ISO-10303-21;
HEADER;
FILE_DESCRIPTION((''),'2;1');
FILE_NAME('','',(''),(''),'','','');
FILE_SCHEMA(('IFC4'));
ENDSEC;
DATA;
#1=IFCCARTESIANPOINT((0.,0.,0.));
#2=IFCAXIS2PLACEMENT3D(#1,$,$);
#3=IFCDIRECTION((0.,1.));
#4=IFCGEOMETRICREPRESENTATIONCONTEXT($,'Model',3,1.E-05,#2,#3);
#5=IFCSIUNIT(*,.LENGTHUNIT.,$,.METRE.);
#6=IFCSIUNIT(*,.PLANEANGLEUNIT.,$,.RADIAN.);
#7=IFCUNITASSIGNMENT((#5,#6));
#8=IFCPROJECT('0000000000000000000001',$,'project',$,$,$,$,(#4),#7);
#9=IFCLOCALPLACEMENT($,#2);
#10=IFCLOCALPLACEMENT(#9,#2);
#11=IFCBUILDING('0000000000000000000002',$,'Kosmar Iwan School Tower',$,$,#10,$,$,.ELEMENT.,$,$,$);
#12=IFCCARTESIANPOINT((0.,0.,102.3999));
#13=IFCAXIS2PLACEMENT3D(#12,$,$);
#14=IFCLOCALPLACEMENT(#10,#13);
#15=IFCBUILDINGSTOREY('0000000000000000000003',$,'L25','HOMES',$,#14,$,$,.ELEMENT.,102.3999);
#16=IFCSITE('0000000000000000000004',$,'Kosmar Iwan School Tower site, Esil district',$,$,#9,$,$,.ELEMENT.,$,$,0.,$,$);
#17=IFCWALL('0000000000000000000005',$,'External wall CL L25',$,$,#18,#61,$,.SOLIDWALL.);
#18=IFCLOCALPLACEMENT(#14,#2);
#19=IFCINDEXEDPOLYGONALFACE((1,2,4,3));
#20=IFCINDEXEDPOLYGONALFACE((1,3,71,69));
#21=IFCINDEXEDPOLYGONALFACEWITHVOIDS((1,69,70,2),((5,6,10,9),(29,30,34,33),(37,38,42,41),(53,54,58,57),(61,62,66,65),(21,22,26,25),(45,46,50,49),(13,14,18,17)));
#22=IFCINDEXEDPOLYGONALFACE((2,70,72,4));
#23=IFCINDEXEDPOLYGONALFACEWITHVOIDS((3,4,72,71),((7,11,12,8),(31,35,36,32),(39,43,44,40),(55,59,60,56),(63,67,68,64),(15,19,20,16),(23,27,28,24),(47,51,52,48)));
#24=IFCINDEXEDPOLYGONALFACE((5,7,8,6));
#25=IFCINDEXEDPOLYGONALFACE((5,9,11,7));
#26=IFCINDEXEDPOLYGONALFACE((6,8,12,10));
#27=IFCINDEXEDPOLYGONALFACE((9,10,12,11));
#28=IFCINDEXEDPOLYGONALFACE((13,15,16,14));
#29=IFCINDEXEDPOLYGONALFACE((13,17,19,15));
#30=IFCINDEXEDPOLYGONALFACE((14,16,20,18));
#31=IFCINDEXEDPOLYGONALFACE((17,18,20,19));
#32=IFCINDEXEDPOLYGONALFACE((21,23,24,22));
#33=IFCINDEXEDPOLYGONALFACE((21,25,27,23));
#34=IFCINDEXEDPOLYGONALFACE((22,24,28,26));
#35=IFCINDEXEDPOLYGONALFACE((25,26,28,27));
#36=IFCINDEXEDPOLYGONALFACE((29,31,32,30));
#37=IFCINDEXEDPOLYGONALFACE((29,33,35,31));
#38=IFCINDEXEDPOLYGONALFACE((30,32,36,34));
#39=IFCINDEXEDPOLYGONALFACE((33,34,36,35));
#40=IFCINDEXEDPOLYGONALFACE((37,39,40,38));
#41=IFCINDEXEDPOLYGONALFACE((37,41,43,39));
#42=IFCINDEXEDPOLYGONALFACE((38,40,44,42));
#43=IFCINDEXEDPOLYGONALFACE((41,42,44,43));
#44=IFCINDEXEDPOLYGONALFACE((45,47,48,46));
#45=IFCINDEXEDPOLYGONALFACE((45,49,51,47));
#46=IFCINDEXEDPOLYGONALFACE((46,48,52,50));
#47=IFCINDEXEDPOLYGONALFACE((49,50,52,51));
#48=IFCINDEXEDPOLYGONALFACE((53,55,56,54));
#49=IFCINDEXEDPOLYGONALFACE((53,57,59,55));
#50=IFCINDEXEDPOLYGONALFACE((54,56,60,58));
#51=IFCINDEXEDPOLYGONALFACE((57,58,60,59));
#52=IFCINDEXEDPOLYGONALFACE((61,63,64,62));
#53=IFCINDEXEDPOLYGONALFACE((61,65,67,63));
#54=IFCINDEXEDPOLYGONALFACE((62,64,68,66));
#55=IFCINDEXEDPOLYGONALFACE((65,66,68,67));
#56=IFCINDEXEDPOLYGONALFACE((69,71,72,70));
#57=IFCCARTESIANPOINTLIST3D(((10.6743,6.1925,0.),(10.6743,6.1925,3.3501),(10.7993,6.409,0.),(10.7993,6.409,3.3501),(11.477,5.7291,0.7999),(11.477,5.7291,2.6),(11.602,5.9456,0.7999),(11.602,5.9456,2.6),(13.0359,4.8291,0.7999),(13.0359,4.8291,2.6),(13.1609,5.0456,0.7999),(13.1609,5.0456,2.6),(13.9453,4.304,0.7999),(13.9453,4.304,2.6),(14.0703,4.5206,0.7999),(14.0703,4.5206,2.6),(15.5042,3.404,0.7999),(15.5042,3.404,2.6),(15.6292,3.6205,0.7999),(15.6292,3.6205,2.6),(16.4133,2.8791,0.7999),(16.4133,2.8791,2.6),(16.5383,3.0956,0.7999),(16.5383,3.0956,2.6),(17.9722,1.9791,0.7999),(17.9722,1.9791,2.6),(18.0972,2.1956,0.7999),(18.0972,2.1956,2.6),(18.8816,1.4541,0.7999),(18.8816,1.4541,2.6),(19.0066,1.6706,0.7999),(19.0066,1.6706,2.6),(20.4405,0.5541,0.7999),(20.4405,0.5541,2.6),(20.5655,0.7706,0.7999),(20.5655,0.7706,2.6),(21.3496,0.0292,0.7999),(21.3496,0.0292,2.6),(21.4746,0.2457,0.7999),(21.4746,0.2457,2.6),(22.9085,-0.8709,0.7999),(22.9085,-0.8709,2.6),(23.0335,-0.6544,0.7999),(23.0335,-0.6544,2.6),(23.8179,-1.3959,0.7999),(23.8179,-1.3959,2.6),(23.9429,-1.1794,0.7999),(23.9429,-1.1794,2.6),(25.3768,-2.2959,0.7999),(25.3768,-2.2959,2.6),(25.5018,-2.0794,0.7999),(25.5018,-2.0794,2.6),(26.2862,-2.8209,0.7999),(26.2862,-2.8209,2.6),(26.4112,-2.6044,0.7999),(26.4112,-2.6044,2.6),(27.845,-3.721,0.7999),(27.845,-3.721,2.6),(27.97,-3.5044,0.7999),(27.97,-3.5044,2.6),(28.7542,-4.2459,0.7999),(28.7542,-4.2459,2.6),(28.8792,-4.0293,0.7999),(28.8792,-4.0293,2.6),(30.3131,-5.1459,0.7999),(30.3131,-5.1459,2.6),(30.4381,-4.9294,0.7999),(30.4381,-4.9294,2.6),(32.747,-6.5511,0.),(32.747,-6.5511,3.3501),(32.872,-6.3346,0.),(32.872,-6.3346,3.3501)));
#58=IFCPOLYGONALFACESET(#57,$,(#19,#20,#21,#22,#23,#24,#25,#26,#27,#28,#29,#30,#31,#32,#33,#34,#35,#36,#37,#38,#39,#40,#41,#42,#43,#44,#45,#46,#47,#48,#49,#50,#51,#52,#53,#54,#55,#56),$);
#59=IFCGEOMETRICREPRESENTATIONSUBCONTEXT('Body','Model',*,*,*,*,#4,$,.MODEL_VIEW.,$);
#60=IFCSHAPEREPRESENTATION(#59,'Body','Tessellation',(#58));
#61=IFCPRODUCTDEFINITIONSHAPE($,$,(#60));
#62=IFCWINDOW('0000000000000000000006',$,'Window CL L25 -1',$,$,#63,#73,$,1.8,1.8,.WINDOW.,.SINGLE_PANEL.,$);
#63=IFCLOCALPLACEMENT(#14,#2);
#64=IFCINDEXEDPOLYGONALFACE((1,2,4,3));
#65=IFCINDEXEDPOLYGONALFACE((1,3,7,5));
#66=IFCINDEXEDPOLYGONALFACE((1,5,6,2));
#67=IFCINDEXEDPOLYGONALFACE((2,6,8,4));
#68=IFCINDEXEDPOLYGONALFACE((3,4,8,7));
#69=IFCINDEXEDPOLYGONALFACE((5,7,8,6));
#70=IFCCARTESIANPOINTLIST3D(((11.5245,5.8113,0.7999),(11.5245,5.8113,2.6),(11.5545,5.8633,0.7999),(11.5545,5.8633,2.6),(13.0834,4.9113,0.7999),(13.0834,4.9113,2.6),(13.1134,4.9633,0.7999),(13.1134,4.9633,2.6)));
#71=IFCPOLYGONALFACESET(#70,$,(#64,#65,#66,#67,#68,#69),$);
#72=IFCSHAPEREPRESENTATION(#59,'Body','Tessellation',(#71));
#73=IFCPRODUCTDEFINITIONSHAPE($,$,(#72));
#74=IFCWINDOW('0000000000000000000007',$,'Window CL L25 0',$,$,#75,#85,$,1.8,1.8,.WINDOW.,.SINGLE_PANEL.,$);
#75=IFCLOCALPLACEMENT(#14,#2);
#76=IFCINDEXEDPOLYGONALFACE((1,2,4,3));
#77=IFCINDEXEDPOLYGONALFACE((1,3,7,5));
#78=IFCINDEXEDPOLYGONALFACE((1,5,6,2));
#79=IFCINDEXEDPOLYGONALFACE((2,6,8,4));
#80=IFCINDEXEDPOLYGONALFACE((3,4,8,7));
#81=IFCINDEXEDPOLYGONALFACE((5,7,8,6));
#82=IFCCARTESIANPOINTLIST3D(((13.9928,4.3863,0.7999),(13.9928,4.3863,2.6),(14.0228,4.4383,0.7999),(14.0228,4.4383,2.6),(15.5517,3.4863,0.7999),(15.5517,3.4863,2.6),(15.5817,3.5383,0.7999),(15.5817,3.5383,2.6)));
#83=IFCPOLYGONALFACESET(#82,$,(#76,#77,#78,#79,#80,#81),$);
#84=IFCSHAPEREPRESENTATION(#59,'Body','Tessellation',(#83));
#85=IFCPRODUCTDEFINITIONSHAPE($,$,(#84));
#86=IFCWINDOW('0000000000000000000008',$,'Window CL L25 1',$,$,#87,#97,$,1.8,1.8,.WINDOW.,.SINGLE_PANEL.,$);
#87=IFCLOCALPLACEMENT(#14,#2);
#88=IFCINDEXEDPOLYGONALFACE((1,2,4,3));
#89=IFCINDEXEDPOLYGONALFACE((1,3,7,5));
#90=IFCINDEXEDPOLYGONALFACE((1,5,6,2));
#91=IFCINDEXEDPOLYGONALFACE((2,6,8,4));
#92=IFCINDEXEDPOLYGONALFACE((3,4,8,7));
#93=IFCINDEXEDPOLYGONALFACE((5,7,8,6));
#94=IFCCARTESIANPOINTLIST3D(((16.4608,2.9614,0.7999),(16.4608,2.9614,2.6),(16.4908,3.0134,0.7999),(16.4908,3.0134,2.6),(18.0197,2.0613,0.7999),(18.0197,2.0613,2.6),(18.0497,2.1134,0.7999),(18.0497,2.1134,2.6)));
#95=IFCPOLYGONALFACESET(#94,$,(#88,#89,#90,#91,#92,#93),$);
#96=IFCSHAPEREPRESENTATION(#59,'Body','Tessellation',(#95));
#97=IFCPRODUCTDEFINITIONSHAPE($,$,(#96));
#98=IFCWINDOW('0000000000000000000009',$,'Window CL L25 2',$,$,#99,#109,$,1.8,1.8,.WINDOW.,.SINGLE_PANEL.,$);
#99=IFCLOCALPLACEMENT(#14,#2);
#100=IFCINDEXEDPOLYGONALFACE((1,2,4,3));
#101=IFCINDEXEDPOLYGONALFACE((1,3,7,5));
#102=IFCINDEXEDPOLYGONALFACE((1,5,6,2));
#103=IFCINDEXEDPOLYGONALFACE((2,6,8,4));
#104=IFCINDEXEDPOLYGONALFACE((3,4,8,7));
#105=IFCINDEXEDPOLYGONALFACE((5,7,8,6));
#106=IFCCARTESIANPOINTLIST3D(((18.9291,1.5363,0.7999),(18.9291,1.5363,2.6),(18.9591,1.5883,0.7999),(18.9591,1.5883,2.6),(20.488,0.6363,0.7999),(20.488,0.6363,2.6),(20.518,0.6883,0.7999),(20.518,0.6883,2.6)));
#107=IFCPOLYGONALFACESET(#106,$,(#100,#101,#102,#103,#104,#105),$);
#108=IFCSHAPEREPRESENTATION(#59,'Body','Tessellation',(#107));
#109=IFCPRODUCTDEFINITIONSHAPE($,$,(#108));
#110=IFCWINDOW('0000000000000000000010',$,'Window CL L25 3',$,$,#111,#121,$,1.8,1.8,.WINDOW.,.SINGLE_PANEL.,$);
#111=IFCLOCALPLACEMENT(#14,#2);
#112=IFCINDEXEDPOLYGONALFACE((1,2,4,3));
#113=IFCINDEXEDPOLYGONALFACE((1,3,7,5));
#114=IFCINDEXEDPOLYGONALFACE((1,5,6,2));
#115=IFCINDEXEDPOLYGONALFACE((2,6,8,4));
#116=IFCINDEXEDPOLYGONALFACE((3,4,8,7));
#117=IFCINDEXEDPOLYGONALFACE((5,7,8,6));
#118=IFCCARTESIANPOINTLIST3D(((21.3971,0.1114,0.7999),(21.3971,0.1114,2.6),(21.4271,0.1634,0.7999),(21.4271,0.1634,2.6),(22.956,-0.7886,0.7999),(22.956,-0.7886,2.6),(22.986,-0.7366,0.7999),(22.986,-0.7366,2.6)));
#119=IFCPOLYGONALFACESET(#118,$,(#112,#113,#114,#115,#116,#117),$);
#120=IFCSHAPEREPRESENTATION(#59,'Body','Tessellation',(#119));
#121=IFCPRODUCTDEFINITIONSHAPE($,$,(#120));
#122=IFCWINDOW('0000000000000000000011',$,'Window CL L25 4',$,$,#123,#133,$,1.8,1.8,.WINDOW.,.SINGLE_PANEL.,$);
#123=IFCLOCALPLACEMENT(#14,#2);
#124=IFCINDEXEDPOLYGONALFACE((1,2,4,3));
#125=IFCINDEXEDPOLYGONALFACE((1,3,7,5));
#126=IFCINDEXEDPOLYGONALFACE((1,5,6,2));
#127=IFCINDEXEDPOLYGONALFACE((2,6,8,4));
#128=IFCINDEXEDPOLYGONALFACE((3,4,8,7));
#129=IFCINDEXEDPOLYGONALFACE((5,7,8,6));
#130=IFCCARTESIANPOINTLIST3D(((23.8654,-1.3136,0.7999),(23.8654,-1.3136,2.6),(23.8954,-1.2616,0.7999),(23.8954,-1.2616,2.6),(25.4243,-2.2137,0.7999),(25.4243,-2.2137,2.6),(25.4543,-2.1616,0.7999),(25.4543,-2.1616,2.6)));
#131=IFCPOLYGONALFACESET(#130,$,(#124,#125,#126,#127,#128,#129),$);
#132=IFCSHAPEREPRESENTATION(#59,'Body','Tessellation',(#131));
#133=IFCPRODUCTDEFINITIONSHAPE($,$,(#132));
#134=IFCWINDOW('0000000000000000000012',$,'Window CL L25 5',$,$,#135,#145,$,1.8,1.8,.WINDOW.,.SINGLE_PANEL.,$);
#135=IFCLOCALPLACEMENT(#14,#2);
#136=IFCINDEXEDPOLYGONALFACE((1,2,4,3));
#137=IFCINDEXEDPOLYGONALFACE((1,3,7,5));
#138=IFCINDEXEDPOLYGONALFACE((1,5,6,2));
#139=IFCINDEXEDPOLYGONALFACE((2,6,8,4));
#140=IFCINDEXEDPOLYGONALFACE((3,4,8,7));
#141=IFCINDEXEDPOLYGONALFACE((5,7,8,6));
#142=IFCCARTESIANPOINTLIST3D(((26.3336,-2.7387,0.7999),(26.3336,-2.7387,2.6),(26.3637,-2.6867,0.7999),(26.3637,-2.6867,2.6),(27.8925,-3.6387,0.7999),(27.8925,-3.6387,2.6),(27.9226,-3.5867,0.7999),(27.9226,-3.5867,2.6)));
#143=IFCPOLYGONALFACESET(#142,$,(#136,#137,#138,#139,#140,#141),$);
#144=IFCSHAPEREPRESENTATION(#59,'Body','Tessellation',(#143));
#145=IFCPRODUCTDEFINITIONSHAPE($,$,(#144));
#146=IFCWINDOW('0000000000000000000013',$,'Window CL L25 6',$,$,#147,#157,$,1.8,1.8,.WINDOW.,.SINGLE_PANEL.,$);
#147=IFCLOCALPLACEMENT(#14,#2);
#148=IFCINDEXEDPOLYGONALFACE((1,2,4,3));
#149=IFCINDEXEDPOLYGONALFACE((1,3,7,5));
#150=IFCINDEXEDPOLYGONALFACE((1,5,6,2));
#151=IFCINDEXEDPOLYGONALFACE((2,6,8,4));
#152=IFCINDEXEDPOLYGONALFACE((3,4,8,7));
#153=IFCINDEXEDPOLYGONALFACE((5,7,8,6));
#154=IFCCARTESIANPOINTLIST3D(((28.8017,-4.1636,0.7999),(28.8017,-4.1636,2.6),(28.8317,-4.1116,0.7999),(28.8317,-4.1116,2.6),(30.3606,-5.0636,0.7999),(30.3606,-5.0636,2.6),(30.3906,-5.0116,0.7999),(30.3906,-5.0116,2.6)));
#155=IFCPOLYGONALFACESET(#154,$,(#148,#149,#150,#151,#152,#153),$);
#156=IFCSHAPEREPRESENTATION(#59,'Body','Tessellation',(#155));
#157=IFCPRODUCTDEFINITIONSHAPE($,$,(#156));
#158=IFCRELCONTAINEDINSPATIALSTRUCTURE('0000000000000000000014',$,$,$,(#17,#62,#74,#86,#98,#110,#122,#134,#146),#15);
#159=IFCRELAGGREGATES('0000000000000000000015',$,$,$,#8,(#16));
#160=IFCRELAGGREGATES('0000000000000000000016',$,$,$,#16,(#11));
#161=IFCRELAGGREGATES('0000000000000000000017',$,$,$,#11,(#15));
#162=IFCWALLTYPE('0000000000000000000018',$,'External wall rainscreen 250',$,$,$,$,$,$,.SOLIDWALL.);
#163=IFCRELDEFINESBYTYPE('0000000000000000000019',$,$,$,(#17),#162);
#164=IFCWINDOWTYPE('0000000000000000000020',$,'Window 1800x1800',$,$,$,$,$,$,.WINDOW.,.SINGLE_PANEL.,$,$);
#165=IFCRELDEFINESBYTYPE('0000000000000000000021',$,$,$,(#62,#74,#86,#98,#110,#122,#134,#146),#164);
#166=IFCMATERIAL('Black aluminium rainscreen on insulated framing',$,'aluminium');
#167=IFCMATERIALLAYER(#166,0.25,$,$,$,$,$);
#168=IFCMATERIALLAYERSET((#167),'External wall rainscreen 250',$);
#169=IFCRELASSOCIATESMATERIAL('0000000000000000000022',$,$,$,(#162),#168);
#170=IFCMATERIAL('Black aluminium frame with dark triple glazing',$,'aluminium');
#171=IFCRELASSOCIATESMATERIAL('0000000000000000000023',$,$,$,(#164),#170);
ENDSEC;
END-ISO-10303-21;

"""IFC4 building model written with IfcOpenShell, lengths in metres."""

from ifc_helpers import new_model, si_unit, direction, frame, frame_2d, origin, place, context, subcontext, project, spatial, rectangle, extrude, material, layer, layer_set, type_object, element, fill, save


model = new_model("IFC4")

# Units and contexts
model_context = context("Model", 3, precision=1e-05, world=origin(), true_north=direction((0.0, 1.0)))
body_context = subcontext(model_context, "Body", "Model", "MODEL_VIEW")
ifc_project = project(units=[si_unit("LENGTHUNIT", "METRE"), si_unit("PLANEANGLEUNIT", "RADIAN")], contexts=[model_context])

# Site, building, storey
site_placement = place(None, origin())
site = spatial("IfcSite", under=ifc_project, at=site_placement, Name="Kosmar Iwan School Tower site, Esil district", CompositionType="ELEMENT", RefElevation=0.0)
building_placement = place(site_placement, origin())
building = spatial("IfcBuilding", under=site, at=building_placement, Name="Kosmar Iwan School Tower", CompositionType="ELEMENT")
storey_placement = place(building_placement, frame((0.0, 0.0, 102.3999)))
storey = spatial("IfcBuildingStorey", under=building, at=storey_placement, Name="L25", Description="HOMES", CompositionType="ELEMENT", Elevation=102.3999)

# Wall, openings, windows
ifc_material_1 = material(Name="Black aluminium rainscreen on insulated framing", Category="aluminium")
ifc_layer = layer(ifc_material_1, 0.25)
ifc_layer_set = layer_set([ifc_layer], Name="External wall rainscreen 250")
wall_type = type_object("IfcWallType", Name="External wall rainscreen 250", PredefinedType="SOLIDWALL", material=ifc_layer_set)
wall_1_placement = place(storey_placement, frame((10.7368, 6.3008, 0.0), z_axis=(0.0, 0.0, 1.0), x_axis=(0.866026, -0.499998, 0.0)))
wall_1 = element("IfcWall", 1, at=wall_1_placement, inside=storey, type_object=wall_type, Name="External wall CL L25", PredefinedType="SOLIDWALL", context=body_context, shape_type="SweptSolid", body=[
    extrude(rectangle(XDim=25.4873, YDim=0.25, at=frame_2d((12.7437, 0.0))), origin(), (0.0, 0.0, 1.0), 3.3501),
])
opening_1_placement = place(wall_1_placement, frame((0.927, 0.0, 0.8)))
opening_1 = element("IfcOpeningElement", 2, at=opening_1_placement, cuts=wall_1, PredefinedType="OPENING", context=body_context, shape_type="SweptSolid", body=[
    extrude(rectangle(XDim=1.8, YDim=1.8, at=frame_2d((0.8999, 0.8999))), frame((0.0, 0.137, 0.0), z_axis=(0.0, -1.0, 0.0), x_axis=(1.0, 0.0, 0.0)), (0.0, 0.0, 1.0), 0.2739),
])
opening_2_placement = place(wall_1_placement, frame((3.7771, 0.0, 0.8)))
opening_2 = element("IfcOpeningElement", 3, at=opening_2_placement, cuts=wall_1, PredefinedType="OPENING", context=body_context, shape_type="SweptSolid", body=[
    extrude(rectangle(XDim=1.8, YDim=1.8, at=frame_2d((0.8999, 0.8999))), frame((0.0, 0.137, 0.0), z_axis=(0.0, -1.0, 0.0), x_axis=(1.0, 0.0, 0.0)), (0.0, 0.0, 1.0), 0.2739),
])
opening_3_placement = place(wall_1_placement, frame((6.627, 0.0, 0.8)))
opening_3 = element("IfcOpeningElement", 4, at=opening_3_placement, cuts=wall_1, PredefinedType="OPENING", context=body_context, shape_type="SweptSolid", body=[
    extrude(rectangle(XDim=1.8, YDim=1.8, at=frame_2d((0.8999, 0.8999))), frame((0.0, 0.137, 0.0), z_axis=(0.0, -1.0, 0.0), x_axis=(1.0, 0.0, 0.0)), (0.0, 0.0, 1.0), 0.2739),
])
opening_4_placement = place(wall_1_placement, frame((9.4771, 0.0, 0.8)))
opening_4 = element("IfcOpeningElement", 5, at=opening_4_placement, cuts=wall_1, PredefinedType="OPENING", context=body_context, shape_type="SweptSolid", body=[
    extrude(rectangle(XDim=1.8, YDim=1.8, at=frame_2d((0.8999, 0.8999))), frame((0.0, 0.137, 0.0), z_axis=(0.0, -1.0, 0.0), x_axis=(1.0, 0.0, 0.0)), (0.0, 0.0, 1.0), 0.2739),
])
opening_5_placement = place(wall_1_placement, frame((12.3269, 0.0, 0.8)))
opening_5 = element("IfcOpeningElement", 6, at=opening_5_placement, cuts=wall_1, PredefinedType="OPENING", context=body_context, shape_type="SweptSolid", body=[
    extrude(rectangle(XDim=1.8, YDim=1.8, at=frame_2d((0.8999, 0.8999))), frame((0.0, 0.137, 0.0), z_axis=(0.0, -1.0, 0.0), x_axis=(1.0, 0.0, 0.0)), (0.0, 0.0, 1.0), 0.2739),
])
opening_6_placement = place(wall_1_placement, frame((15.177, 0.0, 0.8)))
opening_6 = element("IfcOpeningElement", 7, at=opening_6_placement, cuts=wall_1, PredefinedType="OPENING", context=body_context, shape_type="SweptSolid", body=[
    extrude(rectangle(XDim=1.8, YDim=1.8, at=frame_2d((0.8999, 0.8999))), frame((0.0, 0.137, 0.0), z_axis=(0.0, -1.0, 0.0), x_axis=(1.0, 0.0, 0.0)), (0.0, 0.0, 1.0), 0.2739),
])
opening_7_placement = place(wall_1_placement, frame((18.0271, 0.0, 0.8)))
opening_7 = element("IfcOpeningElement", 8, at=opening_7_placement, cuts=wall_1, PredefinedType="OPENING", context=body_context, shape_type="SweptSolid", body=[
    extrude(rectangle(XDim=1.8, YDim=1.8, at=frame_2d((0.8999, 0.8999))), frame((0.0, 0.137, 0.0), z_axis=(0.0, -1.0, 0.0), x_axis=(1.0, 0.0, 0.0)), (0.0, 0.0, 1.0), 0.2739),
])
opening_8_placement = place(wall_1_placement, frame((20.877, 0.0, 0.8)))
opening_8 = element("IfcOpeningElement", 9, at=opening_8_placement, cuts=wall_1, PredefinedType="OPENING", context=body_context, shape_type="SweptSolid", body=[
    extrude(rectangle(XDim=1.8, YDim=1.8, at=frame_2d((0.8999, 0.8999))), frame((0.0, 0.137, 0.0), z_axis=(0.0, -1.0, 0.0), x_axis=(1.0, 0.0, 0.0)), (0.0, 0.0, 1.0), 0.2739),
])
ifc_material_2 = material(Name="Black aluminium frame with dark triple glazing", Category="aluminium")
window_type = type_object("IfcWindowType", Name="Window 1800x1800", PartitioningType="SINGLE_PANEL", PredefinedType="WINDOW", material=ifc_material_2)
window_1_placement = place(opening_1_placement, origin())
window_1 = element("IfcWindow", 10, at=window_1_placement, inside=storey, type_object=window_type, Name="Window CL L25 -1", OverallHeight=1.8, OverallWidth=1.8, PartitioningType="SINGLE_PANEL", PredefinedType="WINDOW", context=body_context, shape_type="SweptSolid", body=[
    extrude(rectangle(XDim=1.8, YDim=1.8, at=frame_2d((0.8999, 0.8999))), frame((0.0, 0.03, 0.0), z_axis=(0.0, -1.0, 0.0), x_axis=(1.0, 0.0, 0.0)), (0.0, 0.0, 1.0), 0.0601),
])
fill(opening_1, window_1)
window_2_placement = place(opening_2_placement, origin())
window_2 = element("IfcWindow", 11, at=window_2_placement, inside=storey, type_object=window_type, Name="Window CL L25 0", OverallHeight=1.8, OverallWidth=1.8, PartitioningType="SINGLE_PANEL", PredefinedType="WINDOW", context=body_context, shape_type="SweptSolid", body=[
    extrude(rectangle(XDim=1.8, YDim=1.8, at=frame_2d((0.8999, 0.8999))), frame((0.0, 0.03, 0.0), z_axis=(0.0, -1.0, 0.0), x_axis=(1.0, 0.0, 0.0)), (0.0, 0.0, 1.0), 0.0601),
])
fill(opening_2, window_2)
window_3_placement = place(opening_3_placement, origin())
window_3 = element("IfcWindow", 12, at=window_3_placement, inside=storey, type_object=window_type, Name="Window CL L25 1", OverallHeight=1.8, OverallWidth=1.8, PartitioningType="SINGLE_PANEL", PredefinedType="WINDOW", context=body_context, shape_type="SweptSolid", body=[
    extrude(rectangle(XDim=1.8, YDim=1.8, at=frame_2d((0.8999, 0.8999))), frame((0.0, 0.03, 0.0), z_axis=(0.0, -1.0, 0.0), x_axis=(1.0, 0.0, 0.0)), (0.0, 0.0, 1.0), 0.0601),
])
fill(opening_3, window_3)
window_4_placement = place(opening_4_placement, origin())
window_4 = element("IfcWindow", 13, at=window_4_placement, inside=storey, type_object=window_type, Name="Window CL L25 2", OverallHeight=1.8, OverallWidth=1.8, PartitioningType="SINGLE_PANEL", PredefinedType="WINDOW", context=body_context, shape_type="SweptSolid", body=[
    extrude(rectangle(XDim=1.8, YDim=1.8, at=frame_2d((0.8999, 0.8999))), frame((0.0, 0.03, 0.0), z_axis=(0.0, -1.0, 0.0), x_axis=(1.0, 0.0, 0.0)), (0.0, 0.0, 1.0), 0.0601),
])
fill(opening_4, window_4)
window_5_placement = place(opening_5_placement, origin())
window_5 = element("IfcWindow", 14, at=window_5_placement, inside=storey, type_object=window_type, Name="Window CL L25 3", OverallHeight=1.8, OverallWidth=1.8, PartitioningType="SINGLE_PANEL", PredefinedType="WINDOW", context=body_context, shape_type="SweptSolid", body=[
    extrude(rectangle(XDim=1.8, YDim=1.8, at=frame_2d((0.8999, 0.8999))), frame((0.0, 0.03, 0.0), z_axis=(0.0, -1.0, 0.0), x_axis=(1.0, 0.0, 0.0)), (0.0, 0.0, 1.0), 0.0601),
])
fill(opening_5, window_5)
window_6_placement = place(opening_6_placement, origin())
window_6 = element("IfcWindow", 15, at=window_6_placement, inside=storey, type_object=window_type, Name="Window CL L25 4", OverallHeight=1.8, OverallWidth=1.8, PartitioningType="SINGLE_PANEL", PredefinedType="WINDOW", context=body_context, shape_type="SweptSolid", body=[
    extrude(rectangle(XDim=1.8, YDim=1.8, at=frame_2d((0.8999, 0.8999))), frame((0.0, 0.03, 0.0), z_axis=(0.0, -1.0, 0.0), x_axis=(1.0, 0.0, 0.0)), (0.0, 0.0, 1.0), 0.0601),
])
fill(opening_6, window_6)
window_7_placement = place(opening_7_placement, origin())
window_7 = element("IfcWindow", 16, at=window_7_placement, inside=storey, type_object=window_type, Name="Window CL L25 5", OverallHeight=1.8, OverallWidth=1.8, PartitioningType="SINGLE_PANEL", PredefinedType="WINDOW", context=body_context, shape_type="SweptSolid", body=[
    extrude(rectangle(XDim=1.8, YDim=1.8, at=frame_2d((0.8999, 0.8999))), frame((0.0, 0.03, 0.0), z_axis=(0.0, -1.0, 0.0), x_axis=(1.0, 0.0, 0.0)), (0.0, 0.0, 1.0), 0.0601),
])
fill(opening_7, window_7)
window_8_placement = place(opening_8_placement, origin())
window_8 = element("IfcWindow", 17, at=window_8_placement, inside=storey, type_object=window_type, Name="Window CL L25 6", OverallHeight=1.8, OverallWidth=1.8, PartitioningType="SINGLE_PANEL", PredefinedType="WINDOW", context=body_context, shape_type="SweptSolid", body=[
    extrude(rectangle(XDim=1.8, YDim=1.8, at=frame_2d((0.8999, 0.8999))), frame((0.0, 0.03, 0.0), z_axis=(0.0, -1.0, 0.0), x_axis=(1.0, 0.0, 0.0)), (0.0, 0.0, 1.0), 0.0601),
])
fill(opening_8, window_8)

save(model, "model.ifc")
